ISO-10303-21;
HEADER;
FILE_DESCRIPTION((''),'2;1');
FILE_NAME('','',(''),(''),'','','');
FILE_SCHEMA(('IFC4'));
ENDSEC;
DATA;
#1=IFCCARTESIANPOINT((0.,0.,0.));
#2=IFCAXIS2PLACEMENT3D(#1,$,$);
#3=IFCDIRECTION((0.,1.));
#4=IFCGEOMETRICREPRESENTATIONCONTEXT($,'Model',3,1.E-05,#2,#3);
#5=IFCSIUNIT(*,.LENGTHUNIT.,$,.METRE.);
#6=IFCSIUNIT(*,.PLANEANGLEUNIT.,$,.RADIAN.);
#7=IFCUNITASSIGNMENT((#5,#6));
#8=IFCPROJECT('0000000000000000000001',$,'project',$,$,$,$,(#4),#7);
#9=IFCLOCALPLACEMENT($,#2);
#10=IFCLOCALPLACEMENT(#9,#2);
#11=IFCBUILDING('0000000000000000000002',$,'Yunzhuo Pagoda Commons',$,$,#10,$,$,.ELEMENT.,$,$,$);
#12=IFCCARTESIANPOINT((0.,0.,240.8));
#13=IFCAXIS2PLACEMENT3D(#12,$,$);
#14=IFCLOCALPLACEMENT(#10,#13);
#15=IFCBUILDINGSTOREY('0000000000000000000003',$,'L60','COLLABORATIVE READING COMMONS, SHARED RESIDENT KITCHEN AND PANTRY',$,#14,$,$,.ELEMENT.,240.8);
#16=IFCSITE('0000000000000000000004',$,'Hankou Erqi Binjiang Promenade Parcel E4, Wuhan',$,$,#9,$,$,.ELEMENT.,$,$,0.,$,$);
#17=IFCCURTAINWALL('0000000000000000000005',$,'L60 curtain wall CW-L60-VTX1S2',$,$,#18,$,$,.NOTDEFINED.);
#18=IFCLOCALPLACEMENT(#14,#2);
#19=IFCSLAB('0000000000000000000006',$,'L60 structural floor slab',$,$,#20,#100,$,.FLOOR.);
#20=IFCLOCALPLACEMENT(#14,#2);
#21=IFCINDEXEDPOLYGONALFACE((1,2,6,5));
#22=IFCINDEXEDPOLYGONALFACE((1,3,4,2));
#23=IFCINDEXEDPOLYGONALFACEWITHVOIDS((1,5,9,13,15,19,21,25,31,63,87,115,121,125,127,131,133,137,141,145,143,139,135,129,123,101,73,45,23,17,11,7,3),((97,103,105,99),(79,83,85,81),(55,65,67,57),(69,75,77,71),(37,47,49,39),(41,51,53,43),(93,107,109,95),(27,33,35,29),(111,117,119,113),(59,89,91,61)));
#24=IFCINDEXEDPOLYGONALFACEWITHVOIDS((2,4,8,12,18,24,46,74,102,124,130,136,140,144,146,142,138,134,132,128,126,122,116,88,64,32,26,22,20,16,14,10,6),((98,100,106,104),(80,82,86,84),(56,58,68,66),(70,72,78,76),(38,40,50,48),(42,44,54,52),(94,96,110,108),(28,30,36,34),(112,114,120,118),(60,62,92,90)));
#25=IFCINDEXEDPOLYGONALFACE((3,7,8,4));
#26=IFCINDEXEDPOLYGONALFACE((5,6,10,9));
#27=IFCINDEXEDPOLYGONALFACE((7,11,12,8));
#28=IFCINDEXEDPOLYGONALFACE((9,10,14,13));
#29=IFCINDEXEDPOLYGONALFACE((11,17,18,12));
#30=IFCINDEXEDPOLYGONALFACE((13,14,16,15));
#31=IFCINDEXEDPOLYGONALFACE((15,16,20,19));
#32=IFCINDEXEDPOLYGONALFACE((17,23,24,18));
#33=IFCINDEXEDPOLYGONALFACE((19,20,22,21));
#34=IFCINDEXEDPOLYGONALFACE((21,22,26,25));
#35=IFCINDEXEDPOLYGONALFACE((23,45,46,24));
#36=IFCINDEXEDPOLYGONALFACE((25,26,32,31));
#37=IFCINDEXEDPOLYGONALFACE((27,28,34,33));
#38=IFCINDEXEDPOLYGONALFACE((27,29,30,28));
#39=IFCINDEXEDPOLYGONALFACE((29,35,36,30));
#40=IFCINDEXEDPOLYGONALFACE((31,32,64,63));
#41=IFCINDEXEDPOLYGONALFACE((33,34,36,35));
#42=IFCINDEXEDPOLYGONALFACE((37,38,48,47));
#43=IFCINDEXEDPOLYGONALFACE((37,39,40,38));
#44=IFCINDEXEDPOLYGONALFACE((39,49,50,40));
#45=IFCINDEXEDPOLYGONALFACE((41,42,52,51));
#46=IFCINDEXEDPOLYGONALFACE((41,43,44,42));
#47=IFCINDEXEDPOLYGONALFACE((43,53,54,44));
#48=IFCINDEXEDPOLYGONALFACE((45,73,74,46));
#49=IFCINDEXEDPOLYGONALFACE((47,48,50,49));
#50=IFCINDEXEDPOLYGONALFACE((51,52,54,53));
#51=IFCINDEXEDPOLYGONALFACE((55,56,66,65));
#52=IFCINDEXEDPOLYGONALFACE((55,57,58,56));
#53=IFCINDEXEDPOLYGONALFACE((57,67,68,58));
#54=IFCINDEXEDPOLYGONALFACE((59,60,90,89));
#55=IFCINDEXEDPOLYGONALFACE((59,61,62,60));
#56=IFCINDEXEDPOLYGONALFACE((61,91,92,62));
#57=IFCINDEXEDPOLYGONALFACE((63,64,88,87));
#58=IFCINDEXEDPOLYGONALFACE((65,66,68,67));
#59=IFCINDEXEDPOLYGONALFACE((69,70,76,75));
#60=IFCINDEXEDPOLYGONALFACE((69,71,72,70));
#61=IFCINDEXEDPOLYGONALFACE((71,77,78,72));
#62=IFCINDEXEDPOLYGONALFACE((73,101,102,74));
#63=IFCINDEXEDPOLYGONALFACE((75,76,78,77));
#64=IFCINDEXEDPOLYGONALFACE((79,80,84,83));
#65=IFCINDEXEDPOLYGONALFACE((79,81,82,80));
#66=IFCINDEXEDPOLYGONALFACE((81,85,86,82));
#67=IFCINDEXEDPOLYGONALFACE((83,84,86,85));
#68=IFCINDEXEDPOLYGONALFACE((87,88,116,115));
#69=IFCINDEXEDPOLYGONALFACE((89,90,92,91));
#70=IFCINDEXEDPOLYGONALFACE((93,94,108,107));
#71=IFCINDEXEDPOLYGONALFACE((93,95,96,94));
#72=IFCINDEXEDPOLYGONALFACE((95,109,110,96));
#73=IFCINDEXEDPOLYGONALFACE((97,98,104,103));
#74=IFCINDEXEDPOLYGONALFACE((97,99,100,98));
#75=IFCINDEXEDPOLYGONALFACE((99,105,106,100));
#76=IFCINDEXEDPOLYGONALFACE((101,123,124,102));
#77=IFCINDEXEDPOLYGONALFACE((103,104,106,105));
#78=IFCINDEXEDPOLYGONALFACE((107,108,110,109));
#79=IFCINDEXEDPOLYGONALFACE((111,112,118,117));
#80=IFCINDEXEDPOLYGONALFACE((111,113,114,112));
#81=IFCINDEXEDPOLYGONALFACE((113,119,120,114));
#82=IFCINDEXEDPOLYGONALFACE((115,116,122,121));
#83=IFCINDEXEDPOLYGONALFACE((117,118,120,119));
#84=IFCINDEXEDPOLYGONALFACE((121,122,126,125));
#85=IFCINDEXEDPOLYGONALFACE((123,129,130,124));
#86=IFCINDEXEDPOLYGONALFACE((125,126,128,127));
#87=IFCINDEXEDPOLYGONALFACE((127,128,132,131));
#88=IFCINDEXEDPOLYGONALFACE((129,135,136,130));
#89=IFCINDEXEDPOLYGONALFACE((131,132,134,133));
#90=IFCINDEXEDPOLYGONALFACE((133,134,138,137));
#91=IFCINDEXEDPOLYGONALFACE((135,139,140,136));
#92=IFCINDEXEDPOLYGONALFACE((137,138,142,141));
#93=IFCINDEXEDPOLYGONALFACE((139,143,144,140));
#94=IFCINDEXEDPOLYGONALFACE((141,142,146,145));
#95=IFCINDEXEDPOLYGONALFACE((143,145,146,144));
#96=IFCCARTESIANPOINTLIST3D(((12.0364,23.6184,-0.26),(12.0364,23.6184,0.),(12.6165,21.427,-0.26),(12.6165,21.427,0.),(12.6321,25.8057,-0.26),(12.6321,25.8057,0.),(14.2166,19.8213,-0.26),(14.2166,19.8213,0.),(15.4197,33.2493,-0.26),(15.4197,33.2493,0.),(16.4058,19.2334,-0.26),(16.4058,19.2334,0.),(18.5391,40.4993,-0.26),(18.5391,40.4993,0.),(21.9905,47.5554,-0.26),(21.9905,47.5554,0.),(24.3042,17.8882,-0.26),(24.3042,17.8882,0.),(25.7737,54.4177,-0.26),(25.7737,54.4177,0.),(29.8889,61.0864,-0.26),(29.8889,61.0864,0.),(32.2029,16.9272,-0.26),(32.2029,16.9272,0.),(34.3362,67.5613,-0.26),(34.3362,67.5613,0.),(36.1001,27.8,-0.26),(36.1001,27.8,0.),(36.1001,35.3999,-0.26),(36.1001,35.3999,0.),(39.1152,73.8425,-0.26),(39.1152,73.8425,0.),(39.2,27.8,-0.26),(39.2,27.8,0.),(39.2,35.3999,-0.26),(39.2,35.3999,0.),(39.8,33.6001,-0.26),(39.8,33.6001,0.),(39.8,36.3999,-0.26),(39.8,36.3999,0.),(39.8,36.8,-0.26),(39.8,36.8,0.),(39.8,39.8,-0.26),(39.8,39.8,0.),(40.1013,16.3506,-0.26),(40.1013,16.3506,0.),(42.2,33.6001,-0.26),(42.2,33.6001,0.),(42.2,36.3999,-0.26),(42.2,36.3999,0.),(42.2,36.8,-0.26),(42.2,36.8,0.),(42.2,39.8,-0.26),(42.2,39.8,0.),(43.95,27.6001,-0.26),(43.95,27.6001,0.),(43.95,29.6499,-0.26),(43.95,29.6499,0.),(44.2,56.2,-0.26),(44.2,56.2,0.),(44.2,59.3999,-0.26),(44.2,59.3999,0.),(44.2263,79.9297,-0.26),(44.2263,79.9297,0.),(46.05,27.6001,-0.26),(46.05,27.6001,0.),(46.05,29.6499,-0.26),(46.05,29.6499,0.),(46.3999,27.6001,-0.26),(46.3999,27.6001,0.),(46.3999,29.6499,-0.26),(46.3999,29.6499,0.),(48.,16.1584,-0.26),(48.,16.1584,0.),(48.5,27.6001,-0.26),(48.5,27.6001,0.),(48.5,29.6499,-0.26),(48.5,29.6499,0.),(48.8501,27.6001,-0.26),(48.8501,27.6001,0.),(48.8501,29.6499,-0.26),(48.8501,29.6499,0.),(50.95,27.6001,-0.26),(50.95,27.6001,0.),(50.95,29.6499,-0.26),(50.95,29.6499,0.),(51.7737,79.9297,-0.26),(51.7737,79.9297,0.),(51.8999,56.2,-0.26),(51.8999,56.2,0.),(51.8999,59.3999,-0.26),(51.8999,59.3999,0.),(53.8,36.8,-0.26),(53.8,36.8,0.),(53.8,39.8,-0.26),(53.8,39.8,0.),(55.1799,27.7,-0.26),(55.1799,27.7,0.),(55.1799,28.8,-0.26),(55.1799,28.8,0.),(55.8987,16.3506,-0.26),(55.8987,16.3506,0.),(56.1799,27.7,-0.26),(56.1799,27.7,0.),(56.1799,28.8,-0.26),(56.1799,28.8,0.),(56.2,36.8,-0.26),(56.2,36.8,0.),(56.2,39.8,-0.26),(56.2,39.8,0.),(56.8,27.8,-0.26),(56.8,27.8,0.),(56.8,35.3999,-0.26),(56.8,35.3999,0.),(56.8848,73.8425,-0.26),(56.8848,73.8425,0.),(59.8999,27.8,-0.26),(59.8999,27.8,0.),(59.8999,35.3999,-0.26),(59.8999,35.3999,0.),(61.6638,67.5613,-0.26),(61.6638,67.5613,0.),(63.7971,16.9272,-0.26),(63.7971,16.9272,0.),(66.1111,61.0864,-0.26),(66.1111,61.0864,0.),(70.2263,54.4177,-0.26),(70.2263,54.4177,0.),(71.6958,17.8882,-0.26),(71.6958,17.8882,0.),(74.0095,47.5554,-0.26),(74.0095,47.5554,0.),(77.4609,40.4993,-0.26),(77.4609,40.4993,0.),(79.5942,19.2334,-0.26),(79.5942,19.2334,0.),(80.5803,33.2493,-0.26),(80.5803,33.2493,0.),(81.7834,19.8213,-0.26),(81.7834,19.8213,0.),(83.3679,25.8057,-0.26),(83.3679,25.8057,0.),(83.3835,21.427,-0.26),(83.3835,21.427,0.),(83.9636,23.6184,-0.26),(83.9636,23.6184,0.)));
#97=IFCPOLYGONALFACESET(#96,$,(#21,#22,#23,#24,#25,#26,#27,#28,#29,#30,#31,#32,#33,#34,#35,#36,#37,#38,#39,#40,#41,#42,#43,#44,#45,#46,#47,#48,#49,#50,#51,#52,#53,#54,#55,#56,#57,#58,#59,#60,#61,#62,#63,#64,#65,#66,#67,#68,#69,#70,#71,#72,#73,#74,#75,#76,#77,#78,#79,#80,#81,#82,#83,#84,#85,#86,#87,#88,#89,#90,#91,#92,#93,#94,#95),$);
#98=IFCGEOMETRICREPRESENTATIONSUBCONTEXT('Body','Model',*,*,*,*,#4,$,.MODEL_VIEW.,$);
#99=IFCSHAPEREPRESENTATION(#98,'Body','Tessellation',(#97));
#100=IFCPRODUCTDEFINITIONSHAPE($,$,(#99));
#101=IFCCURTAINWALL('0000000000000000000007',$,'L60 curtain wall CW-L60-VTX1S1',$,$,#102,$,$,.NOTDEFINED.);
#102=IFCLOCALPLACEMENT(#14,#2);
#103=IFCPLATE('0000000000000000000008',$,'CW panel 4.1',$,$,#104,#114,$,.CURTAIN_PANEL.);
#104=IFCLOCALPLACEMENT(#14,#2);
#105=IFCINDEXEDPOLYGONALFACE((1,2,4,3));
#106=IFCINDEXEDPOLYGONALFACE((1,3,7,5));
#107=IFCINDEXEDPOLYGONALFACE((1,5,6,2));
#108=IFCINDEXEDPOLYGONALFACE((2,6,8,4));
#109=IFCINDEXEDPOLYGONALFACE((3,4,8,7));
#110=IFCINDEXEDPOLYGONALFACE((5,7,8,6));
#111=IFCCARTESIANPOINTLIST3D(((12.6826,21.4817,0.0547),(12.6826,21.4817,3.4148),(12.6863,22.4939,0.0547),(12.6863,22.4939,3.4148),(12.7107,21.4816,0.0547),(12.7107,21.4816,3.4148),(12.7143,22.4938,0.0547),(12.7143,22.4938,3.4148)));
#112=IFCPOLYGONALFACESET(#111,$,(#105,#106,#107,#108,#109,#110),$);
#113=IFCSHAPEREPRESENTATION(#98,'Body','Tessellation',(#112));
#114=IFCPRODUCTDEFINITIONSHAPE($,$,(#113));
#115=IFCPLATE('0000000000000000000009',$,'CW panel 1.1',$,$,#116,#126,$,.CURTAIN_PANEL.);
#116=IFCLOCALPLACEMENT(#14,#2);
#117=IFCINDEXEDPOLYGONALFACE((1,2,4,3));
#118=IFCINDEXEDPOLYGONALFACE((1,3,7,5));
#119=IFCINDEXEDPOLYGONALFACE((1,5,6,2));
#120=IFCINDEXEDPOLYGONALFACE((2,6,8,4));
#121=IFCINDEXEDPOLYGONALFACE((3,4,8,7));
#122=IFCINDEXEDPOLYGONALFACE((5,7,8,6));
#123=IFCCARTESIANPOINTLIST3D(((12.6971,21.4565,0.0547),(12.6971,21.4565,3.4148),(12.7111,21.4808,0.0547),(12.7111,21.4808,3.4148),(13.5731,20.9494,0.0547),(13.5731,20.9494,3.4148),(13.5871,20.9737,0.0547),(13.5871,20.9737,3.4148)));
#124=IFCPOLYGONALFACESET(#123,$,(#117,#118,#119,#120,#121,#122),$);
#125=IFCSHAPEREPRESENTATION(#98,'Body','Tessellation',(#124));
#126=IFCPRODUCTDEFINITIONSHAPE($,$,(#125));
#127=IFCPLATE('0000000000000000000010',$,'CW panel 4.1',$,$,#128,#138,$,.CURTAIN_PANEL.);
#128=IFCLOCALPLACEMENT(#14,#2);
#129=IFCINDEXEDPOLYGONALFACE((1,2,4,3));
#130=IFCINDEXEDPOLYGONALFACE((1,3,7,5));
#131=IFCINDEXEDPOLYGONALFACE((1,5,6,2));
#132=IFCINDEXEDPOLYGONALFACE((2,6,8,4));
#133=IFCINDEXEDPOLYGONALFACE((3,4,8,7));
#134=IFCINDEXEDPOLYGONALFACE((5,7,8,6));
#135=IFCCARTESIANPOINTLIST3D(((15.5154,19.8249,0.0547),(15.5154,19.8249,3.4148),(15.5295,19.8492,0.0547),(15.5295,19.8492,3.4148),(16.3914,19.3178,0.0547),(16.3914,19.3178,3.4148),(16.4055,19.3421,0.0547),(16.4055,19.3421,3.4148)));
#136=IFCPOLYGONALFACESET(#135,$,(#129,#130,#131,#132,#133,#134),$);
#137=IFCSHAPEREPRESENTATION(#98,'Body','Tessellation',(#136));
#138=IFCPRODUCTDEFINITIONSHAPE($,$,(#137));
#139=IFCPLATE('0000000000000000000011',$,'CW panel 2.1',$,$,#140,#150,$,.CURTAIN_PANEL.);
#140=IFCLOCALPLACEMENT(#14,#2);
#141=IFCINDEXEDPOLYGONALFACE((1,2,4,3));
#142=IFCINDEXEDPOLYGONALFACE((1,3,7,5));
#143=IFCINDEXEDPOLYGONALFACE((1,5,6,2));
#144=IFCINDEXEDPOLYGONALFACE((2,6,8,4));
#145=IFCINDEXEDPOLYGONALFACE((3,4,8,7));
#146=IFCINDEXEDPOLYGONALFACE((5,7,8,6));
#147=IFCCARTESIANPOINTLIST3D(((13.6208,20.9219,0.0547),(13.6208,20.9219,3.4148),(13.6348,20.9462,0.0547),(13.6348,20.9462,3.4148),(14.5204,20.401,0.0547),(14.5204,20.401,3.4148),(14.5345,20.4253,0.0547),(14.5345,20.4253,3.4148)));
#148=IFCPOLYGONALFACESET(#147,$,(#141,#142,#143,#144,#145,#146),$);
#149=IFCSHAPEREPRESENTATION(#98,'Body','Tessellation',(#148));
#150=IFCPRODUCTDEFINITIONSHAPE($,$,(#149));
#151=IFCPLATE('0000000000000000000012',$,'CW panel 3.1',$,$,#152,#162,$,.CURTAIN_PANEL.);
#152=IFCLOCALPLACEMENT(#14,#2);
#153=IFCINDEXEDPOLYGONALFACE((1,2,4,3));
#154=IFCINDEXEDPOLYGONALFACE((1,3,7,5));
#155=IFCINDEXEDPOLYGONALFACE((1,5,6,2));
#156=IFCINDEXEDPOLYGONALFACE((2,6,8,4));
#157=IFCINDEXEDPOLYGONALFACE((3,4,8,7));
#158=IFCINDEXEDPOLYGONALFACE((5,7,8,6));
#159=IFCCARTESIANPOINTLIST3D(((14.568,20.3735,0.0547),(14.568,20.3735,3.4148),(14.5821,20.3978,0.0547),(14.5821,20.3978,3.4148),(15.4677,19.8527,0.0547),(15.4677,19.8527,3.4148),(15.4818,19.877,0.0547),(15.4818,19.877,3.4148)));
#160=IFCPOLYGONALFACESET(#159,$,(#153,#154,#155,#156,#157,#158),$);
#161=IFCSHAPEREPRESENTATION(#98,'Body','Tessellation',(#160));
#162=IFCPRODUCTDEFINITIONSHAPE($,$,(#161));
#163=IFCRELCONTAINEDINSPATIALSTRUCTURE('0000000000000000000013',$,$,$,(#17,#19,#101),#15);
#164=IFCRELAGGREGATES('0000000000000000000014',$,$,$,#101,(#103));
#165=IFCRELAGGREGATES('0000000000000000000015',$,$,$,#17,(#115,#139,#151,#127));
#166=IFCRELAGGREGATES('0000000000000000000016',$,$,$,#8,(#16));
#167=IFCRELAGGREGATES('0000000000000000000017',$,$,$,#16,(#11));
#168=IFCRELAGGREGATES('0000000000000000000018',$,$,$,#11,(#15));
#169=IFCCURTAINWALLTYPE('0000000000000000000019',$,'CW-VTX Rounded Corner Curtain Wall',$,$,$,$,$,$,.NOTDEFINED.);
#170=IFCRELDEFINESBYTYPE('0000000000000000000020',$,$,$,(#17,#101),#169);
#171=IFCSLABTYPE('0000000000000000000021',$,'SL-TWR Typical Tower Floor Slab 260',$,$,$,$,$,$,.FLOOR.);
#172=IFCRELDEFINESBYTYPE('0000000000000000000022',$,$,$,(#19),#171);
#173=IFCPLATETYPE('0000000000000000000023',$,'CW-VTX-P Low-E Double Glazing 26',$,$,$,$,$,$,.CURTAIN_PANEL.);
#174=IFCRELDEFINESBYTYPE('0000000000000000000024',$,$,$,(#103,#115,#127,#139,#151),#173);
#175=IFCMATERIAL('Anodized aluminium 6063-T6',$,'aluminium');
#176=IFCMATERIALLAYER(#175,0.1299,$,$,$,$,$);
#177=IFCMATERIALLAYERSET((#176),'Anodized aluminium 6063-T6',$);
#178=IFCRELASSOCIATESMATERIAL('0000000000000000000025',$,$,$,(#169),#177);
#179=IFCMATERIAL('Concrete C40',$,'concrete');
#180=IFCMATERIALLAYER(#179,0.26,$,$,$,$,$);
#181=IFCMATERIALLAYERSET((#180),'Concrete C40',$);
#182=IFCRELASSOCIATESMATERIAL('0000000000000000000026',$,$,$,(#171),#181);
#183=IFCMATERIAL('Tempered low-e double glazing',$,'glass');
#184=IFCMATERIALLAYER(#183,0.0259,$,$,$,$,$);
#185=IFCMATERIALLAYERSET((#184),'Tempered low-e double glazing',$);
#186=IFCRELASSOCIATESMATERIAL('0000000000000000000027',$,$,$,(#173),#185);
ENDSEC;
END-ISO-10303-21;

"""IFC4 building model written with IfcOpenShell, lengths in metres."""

from ifc_helpers import new_model, si_unit, direction, frame, origin, origin_2d, place, context, subcontext, project, spatial, polyline, rectangle, outline, extrude, source, transform, mapped, material, layer, layer_set, type_object, element, aggregate, save


model = new_model("IFC4")

# Units and contexts
model_context = context("Model", 3, precision=1e-05, world=origin(), true_north=direction((0.0, 1.0)))
body_context = subcontext(model_context, "Body", "Model", "MODEL_VIEW")
ifc_project = project(units=[si_unit("LENGTHUNIT", "METRE"), si_unit("PLANEANGLEUNIT", "RADIAN")], contexts=[model_context])

# Site, building, storey
site_placement = place(None, origin())
site = spatial("IfcSite", under=ifc_project, at=site_placement, Name="Hankou Erqi Binjiang Promenade Parcel E4, Wuhan", CompositionType="ELEMENT", RefElevation=0.0)
building_placement = place(site_placement, origin())
building = spatial("IfcBuilding", under=site, at=building_placement, Name="Yunzhuo Pagoda Commons", CompositionType="ELEMENT")
storey_placement = place(building_placement, frame((0.0, 0.0, 240.8)))
storey = spatial("IfcBuildingStorey", under=building, at=storey_placement, Name="L60", Description="COLLABORATIVE READING COMMONS, SHARED RESIDENT KITCHEN AND PANTRY", CompositionType="ELEMENT", Elevation=240.8)

# Curtain wall
ifc_material_1 = material(Name="Anodized aluminium 6063-T6", Category="aluminium")
ifc_layer_1 = layer(ifc_material_1, 0.1299)
ifc_layer_set_1 = layer_set([ifc_layer_1], Name="Anodized aluminium 6063-T6")
curtain_wall_type = type_object("IfcCurtainWallType", Name="CW-VTX Rounded Corner Curtain Wall", PredefinedType="NOTDEFINED", material=ifc_layer_set_1)
curtain_wall_1_placement = place(storey_placement, origin())
curtain_wall_1 = element("IfcCurtainWall", 1, at=curtain_wall_1_placement, inside=storey, type_object=curtain_wall_type, Name="L60 curtain wall CW-L60-VTX1S2", PredefinedType="NOTDEFINED")

# Shared definitions
ifc_material_2 = material(Name="Concrete C40", Category="concrete")

# Slab
ifc_layer_2 = layer(ifc_material_2, 0.26)
ifc_layer_set_2 = layer_set([ifc_layer_2], Name="Concrete C40")
slab_type_1 = type_object("IfcSlabType", Name="SL-TWR Typical Tower Floor Slab 260", PredefinedType="FLOOR", material=ifc_layer_set_2)
slab_1_placement = place(storey_placement, frame((0.0, 0.0, -0.26)))
element("IfcSlab", 2, at=slab_1_placement, inside=storey, type_object=slab_type_1, Name="L60 structural floor slab", PredefinedType="FLOOR", context=body_context, shape_type="SweptSolid", body=[
    extrude(outline(polyline([(15.4197, 33.2493), (18.5391, 40.4993), (21.9905, 47.5554), (25.7737, 54.4177), (29.8889, 61.0864), (34.3362, 67.5613), (39.1152, 73.8425), (44.2263, 79.9297), (51.7737, 79.9297), (56.8848, 73.8425), (61.6638, 67.5613), (66.1111, 61.0864), (70.2263, 54.4177), (74.0095, 47.5554), (77.4609, 40.4993), (80.5803, 33.2493), (83.3679, 25.8057), (83.9636, 23.6184), (83.3835, 21.427), (81.7834, 19.8213), (79.5942, 19.2334), (71.6958, 17.8882), (63.7971, 16.9272), (55.8987, 16.3506), (48.0, 16.1584), (40.1013, 16.3506), (32.2029, 16.9272), (24.3042, 17.8882), (16.4058, 19.2334), (14.2166, 19.8213), (12.6165, 21.427), (12.0364, 23.6184), (12.6321, 25.8057), (15.4197, 33.2493)]), holes=[polyline([(56.1799, 28.8), (55.1799, 28.8), (55.1799, 27.7), (56.1799, 27.7), (56.1799, 28.8)]), polyline([(46.05, 29.6499), (43.95, 29.6499), (43.95, 27.6001), (46.05, 27.6001), (46.05, 29.6499)]), polyline([(48.5, 29.6499), (46.3999, 29.6499), (46.3999, 27.6001), (48.5, 27.6001), (48.5, 29.6499)]), polyline([(50.95, 27.6001), (50.95, 29.6499), (48.8501, 29.6499), (48.8501, 27.6001), (50.95, 27.6001)]), polyline([(36.1001, 27.8), (39.2, 27.8), (39.2, 35.3999), (36.1001, 35.3999), (36.1001, 27.8)]), polyline([(59.8999, 27.8), (59.8999, 35.3999), (56.8, 35.3999), (56.8, 27.8), (59.8999, 27.8)]), polyline([(42.2, 36.3999), (39.8, 36.3999), (39.8, 33.6001), (42.2, 33.6001), (42.2, 36.3999)]), polyline([(42.2, 39.8), (39.8, 39.8), (39.8, 36.8), (42.2, 36.8), (42.2, 39.8)]), polyline([(56.2, 36.8), (56.2, 39.8), (53.8, 39.8), (53.8, 36.8), (56.2, 36.8)]), polyline([(51.8999, 56.2), (51.8999, 59.3999), (44.2, 59.3999), (44.2, 56.2), (51.8999, 56.2)])]), origin(), (0.0, 0.0, 1.0), 0.26),
])

# Curtain wall, plate
curtain_wall_2_placement = place(storey_placement, origin())
curtain_wall_2 = element("IfcCurtainWall", 3, at=curtain_wall_2_placement, inside=storey, type_object=curtain_wall_type, Name="L60 curtain wall CW-L60-VTX1S1", PredefinedType="NOTDEFINED")
ifc_material_3 = material(Name="Tempered low-e double glazing", Category="glass")
ifc_layer_3 = layer(ifc_material_3, 0.0259)
ifc_layer_set_3 = layer_set([ifc_layer_3], Name="Tempered low-e double glazing")
plate_type = type_object("IfcPlateType", Name="CW-VTX-P Low-E Double Glazing 26", PredefinedType="CURTAIN_PANEL", material=ifc_layer_set_3)
shared_shape_1 = source(origin(), body_context, "Body", "SweptSolid", [
    extrude(rectangle(XDim=1.0122, YDim=0.0281, at=origin_2d()), origin(), (0.0, 0.0, 1.0), 3.3601),
])
plate_1_placement = place(storey_placement, frame((12.6985, 21.9878, 0.0547), z_axis=(0.0, 0.0, 1.0), x_axis=(-0.003586, -0.999994, 0.0)))
plate_1 = element("IfcPlate", 4, at=plate_1_placement, type_object=plate_type, Name="CW panel 4.1", PredefinedType="CURTAIN_PANEL", context=body_context, shape_type="MappedRepresentation", body=[
    mapped(shared_shape_1, transform((0.0, 0.0, 0.0), scale=1.0)),
])
aggregate(curtain_wall_2, [plate_1])

# Plates
plate_2_placement = place(storey_placement, frame((13.1421, 21.2151, 0.0547), z_axis=(0.0, 0.0, 1.0), x_axis=(0.865427, -0.501035, 0.0)))
plate_2 = element("IfcPlate", 5, at=plate_2_placement, type_object=plate_type, Name="CW panel 1.1", PredefinedType="CURTAIN_PANEL", context=body_context, shape_type="MappedRepresentation", body=[
    mapped(shared_shape_1, transform((0.0, 0.0, 0.0), scale=1.0)),
])
plate_3_placement = place(storey_placement, frame((15.9604, 19.5835, 0.0547), z_axis=(0.0, 0.0, 1.0), x_axis=(0.865427, -0.501035, 0.0)))
plate_3 = element("IfcPlate", 6, at=plate_3_placement, type_object=plate_type, Name="CW panel 4.1", PredefinedType="CURTAIN_PANEL", context=body_context, shape_type="MappedRepresentation", body=[
    mapped(shared_shape_1, transform((0.0, 0.0, 0.0), scale=1.0)),
])
shared_shape_2 = source(origin(), body_context, "Body", "SweptSolid", [
    extrude(rectangle(XDim=1.0396, YDim=0.0281, at=origin_2d()), origin(), (0.0, 0.0, 1.0), 3.3601),
])
plate_4_placement = place(storey_placement, frame((14.0776, 20.6736, 0.0547), z_axis=(0.0, 0.0, 1.0), x_axis=(0.865427, -0.501035, 0.0)))
plate_4 = element("IfcPlate", 7, at=plate_4_placement, type_object=plate_type, Name="CW panel 2.1", PredefinedType="CURTAIN_PANEL", context=body_context, shape_type="MappedRepresentation", body=[
    mapped(shared_shape_2, transform((0.0, 0.0, 0.0), scale=1.0)),
])
plate_5_placement = place(storey_placement, frame((15.0249, 20.1252, 0.0547), z_axis=(0.0, 0.0, 1.0), x_axis=(0.865427, -0.501035, 0.0)))
plate_5 = element("IfcPlate", 8, at=plate_5_placement, type_object=plate_type, Name="CW panel 3.1", PredefinedType="CURTAIN_PANEL", context=body_context, shape_type="MappedRepresentation", body=[
    mapped(shared_shape_2, transform((0.0, 0.0, 0.0), scale=1.0)),
])
aggregate(curtain_wall_1, [plate_2, plate_4, plate_5, plate_3])

save(model, "model.ifc")
